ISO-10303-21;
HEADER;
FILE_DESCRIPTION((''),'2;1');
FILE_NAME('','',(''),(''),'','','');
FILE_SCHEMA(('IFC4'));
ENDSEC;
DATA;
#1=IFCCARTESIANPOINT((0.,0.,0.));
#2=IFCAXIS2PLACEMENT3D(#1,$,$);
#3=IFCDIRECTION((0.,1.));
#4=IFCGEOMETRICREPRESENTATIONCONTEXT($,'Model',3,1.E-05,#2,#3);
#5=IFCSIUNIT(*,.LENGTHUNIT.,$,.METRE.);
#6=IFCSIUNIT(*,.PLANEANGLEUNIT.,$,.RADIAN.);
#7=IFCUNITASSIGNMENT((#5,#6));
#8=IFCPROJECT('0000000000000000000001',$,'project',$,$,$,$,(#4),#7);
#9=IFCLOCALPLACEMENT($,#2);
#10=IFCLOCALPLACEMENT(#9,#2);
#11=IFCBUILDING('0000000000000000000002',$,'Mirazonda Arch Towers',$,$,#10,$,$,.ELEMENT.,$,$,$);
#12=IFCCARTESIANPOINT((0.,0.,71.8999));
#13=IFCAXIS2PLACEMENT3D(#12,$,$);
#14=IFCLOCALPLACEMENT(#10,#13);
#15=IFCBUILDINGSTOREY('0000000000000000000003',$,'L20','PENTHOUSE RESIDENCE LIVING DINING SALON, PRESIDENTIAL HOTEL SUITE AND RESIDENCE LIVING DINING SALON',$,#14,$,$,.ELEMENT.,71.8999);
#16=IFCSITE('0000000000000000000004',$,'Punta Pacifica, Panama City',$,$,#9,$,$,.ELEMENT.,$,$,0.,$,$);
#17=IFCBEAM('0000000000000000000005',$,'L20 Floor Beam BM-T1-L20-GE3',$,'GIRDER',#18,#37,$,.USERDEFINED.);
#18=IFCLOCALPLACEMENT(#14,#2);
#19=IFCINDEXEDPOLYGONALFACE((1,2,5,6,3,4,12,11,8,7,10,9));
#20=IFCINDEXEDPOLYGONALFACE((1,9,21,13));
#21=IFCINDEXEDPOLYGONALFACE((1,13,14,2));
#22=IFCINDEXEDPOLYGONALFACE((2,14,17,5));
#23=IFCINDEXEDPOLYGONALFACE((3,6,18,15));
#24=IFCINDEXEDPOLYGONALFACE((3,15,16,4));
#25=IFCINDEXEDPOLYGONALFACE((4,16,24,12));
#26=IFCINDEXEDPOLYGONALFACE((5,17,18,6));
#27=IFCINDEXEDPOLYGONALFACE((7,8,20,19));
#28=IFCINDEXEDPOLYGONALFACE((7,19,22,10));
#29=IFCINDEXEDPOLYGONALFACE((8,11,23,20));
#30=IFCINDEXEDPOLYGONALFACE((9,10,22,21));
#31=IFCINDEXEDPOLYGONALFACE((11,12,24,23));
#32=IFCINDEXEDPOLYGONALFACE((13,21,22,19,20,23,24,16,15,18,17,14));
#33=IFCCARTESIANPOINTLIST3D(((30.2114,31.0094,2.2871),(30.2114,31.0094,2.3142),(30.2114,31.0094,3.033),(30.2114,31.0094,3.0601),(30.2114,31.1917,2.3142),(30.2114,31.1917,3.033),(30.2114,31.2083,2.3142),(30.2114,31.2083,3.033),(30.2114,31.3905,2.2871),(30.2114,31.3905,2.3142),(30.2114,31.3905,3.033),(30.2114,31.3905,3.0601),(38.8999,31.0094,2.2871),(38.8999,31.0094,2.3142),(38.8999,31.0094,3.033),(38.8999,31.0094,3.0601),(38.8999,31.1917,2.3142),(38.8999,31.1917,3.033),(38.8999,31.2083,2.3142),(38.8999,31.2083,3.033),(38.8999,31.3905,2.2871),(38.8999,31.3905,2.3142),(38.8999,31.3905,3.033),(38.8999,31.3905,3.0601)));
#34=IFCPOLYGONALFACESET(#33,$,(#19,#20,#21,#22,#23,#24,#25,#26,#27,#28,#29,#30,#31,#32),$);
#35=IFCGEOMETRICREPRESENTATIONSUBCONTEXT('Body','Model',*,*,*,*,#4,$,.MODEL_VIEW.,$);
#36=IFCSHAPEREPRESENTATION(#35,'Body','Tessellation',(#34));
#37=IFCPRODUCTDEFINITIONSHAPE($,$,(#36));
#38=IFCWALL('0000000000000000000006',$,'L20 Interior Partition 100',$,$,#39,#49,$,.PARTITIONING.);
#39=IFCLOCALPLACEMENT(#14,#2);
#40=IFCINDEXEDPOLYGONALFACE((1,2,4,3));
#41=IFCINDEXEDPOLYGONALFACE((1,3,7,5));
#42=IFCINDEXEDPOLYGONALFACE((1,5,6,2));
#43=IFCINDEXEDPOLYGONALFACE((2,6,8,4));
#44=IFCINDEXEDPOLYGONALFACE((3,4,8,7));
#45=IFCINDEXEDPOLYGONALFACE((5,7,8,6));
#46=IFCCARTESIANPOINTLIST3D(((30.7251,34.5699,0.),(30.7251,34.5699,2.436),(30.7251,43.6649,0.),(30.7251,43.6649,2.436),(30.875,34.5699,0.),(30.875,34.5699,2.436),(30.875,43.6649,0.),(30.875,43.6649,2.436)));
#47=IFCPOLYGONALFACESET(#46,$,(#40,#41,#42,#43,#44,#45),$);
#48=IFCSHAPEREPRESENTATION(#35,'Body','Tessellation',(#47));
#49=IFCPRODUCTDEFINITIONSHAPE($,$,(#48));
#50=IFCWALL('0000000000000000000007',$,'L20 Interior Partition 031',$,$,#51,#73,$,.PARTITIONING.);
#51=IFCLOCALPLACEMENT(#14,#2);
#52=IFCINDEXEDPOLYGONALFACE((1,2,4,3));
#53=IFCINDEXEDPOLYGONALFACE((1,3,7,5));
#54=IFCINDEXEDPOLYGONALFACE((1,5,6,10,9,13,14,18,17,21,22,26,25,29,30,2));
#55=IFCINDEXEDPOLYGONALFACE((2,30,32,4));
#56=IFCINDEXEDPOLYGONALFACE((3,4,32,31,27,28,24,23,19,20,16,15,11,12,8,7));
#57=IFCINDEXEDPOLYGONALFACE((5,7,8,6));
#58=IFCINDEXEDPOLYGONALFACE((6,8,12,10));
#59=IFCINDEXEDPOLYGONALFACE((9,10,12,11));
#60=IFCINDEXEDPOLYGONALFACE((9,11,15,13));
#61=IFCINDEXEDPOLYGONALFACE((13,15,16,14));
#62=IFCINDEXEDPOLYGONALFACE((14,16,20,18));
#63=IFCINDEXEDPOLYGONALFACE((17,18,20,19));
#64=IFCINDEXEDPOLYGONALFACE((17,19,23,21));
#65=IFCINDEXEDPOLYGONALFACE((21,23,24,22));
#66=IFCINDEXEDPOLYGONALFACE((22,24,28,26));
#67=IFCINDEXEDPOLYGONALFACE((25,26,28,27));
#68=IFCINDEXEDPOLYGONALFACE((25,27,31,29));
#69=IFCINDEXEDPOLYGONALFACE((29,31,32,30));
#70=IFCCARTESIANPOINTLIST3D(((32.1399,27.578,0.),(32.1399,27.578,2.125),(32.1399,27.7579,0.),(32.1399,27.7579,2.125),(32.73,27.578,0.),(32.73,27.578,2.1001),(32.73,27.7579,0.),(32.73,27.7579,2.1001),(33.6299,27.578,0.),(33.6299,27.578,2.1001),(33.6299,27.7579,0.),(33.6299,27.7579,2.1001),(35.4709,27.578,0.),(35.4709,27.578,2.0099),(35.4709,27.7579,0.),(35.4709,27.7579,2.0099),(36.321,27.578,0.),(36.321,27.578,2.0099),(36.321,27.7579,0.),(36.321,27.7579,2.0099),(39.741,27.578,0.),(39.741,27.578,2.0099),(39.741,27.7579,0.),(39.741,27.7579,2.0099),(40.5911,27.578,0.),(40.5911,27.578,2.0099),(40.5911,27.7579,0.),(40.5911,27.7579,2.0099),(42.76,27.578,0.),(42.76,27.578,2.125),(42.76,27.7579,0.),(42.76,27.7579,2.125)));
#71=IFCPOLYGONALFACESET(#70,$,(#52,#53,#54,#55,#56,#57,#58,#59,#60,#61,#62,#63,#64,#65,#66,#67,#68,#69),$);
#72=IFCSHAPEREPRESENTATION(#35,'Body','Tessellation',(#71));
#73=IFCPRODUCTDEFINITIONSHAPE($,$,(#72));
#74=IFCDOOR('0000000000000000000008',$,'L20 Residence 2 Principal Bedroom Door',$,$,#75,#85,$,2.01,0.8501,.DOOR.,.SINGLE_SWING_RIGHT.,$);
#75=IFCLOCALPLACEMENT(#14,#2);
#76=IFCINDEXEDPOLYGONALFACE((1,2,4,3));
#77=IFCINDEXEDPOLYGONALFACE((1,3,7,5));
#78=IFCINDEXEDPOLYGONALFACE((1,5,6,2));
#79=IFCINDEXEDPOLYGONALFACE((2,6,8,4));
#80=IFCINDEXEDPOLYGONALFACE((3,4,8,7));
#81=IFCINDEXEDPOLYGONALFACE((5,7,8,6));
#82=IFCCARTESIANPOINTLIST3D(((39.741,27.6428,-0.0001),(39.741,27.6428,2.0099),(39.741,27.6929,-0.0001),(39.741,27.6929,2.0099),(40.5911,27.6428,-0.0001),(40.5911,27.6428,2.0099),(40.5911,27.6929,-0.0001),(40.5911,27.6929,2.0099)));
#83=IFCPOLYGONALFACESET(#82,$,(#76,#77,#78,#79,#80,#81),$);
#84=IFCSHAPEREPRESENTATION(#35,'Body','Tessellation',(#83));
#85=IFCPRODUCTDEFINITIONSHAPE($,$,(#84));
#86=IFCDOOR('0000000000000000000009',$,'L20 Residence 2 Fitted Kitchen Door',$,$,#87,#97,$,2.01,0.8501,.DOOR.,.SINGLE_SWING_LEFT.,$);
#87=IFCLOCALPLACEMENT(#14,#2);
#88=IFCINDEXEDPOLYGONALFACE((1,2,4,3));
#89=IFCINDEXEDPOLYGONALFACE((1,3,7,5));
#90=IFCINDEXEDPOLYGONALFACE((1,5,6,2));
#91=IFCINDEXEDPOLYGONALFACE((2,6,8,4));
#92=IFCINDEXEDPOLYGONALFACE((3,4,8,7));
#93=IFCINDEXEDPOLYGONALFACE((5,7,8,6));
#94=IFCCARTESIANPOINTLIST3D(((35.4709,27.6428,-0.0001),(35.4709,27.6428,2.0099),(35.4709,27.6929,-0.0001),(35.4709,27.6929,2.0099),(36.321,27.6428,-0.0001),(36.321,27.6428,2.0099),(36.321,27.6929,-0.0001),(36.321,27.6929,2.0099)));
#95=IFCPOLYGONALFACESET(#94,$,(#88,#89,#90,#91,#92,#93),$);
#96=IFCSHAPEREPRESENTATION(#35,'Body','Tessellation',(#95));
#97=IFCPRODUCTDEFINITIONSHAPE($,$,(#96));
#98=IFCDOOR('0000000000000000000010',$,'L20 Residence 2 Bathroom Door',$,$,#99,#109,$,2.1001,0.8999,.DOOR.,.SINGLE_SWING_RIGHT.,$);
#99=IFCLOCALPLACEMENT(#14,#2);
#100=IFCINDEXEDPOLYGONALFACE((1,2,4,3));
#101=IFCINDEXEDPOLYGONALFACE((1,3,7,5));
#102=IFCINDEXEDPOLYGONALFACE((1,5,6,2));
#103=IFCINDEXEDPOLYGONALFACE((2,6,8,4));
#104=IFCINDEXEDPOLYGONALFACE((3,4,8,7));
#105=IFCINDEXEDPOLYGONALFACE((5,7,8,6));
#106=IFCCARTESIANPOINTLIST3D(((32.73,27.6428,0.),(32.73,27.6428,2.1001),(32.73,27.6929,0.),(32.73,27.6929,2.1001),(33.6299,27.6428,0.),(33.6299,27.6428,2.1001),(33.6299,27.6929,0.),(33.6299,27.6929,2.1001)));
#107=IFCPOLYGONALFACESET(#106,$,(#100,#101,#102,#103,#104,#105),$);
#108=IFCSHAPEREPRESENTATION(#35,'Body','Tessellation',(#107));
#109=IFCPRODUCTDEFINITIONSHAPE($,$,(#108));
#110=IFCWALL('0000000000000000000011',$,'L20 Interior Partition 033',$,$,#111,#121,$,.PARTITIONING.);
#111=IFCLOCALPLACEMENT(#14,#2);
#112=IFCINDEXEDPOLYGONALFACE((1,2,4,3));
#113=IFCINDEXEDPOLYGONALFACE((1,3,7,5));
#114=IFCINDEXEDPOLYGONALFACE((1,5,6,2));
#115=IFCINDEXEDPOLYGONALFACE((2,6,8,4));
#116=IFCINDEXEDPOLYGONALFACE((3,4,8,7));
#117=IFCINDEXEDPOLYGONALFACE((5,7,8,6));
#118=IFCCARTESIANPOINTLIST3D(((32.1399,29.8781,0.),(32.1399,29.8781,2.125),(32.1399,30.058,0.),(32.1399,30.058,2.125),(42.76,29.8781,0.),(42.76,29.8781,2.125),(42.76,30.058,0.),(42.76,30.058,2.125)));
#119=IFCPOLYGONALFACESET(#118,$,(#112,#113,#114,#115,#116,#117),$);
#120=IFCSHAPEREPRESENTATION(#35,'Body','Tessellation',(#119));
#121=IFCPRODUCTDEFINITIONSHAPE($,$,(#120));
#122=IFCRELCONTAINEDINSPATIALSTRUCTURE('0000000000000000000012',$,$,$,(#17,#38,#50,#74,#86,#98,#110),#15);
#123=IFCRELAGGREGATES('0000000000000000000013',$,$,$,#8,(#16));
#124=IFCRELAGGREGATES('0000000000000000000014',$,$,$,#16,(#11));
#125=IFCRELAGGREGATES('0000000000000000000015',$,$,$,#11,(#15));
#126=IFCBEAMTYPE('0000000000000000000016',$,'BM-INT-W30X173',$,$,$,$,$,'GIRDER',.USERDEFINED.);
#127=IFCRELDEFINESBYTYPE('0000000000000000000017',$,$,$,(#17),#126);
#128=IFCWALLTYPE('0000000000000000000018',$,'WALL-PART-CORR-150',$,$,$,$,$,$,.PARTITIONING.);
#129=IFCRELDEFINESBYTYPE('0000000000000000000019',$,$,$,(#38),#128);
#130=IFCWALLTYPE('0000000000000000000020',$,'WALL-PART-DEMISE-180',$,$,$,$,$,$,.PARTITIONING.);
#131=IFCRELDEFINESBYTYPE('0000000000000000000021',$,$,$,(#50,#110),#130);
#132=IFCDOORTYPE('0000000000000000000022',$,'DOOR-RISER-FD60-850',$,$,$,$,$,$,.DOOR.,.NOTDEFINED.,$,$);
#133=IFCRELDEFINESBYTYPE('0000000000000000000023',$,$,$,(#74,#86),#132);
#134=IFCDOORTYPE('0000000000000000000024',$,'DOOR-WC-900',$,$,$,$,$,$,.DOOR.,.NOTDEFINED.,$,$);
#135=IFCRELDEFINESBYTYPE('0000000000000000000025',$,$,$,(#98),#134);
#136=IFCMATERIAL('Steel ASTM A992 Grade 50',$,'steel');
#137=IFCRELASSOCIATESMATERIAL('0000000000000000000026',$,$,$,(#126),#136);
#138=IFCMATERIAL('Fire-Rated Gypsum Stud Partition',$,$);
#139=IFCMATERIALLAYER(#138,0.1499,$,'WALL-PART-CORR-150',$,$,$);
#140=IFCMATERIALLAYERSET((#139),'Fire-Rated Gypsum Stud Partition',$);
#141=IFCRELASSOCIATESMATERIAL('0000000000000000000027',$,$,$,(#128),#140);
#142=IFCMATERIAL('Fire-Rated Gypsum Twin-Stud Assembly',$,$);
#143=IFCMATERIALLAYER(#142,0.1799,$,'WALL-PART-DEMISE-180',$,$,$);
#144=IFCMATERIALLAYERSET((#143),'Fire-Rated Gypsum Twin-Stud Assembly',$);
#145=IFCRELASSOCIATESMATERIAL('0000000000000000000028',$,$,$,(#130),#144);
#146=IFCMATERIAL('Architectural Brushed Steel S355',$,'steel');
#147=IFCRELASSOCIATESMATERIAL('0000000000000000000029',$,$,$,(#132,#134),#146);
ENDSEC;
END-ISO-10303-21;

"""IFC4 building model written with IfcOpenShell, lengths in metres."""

from ifc_helpers import new_model, si_unit, direction, frame, frame_2d, origin, origin_2d, place, context, subcontext, project, spatial, rectangle, i_section, extrude, material, layer, layer_set, material_profile, profile_set, type_object, element, fill, save


model = new_model("IFC4")

# Units and contexts
model_context = context("Model", 3, precision=1e-05, world=origin(), true_north=direction((0.0, 1.0)))
body_context = subcontext(model_context, "Body", "Model", "MODEL_VIEW")
ifc_project = project(units=[si_unit("LENGTHUNIT", "METRE"), si_unit("PLANEANGLEUNIT", "RADIAN")], contexts=[model_context])

# Site, building, storey
site_placement = place(None, origin())
site = spatial("IfcSite", under=ifc_project, at=site_placement, Name="Punta Pacifica, Panama City", CompositionType="ELEMENT", RefElevation=0.0)
building_placement = place(site_placement, origin())
building = spatial("IfcBuilding", under=site, at=building_placement, Name="Mirazonda Arch Towers", CompositionType="ELEMENT")
storey_placement = place(building_placement, frame((0.0, 0.0, 71.8999)))
storey = spatial("IfcBuildingStorey", under=building, at=storey_placement, Name="L20", Description="PENTHOUSE RESIDENCE LIVING DINING SALON, PRESIDENTIAL HOTEL SUITE AND RESIDENCE LIVING DINING SALON", CompositionType="ELEMENT", Elevation=71.8999)

# Beam
ifc_material_1 = material(Name="Steel ASTM A992 Grade 50", Category="steel")
ifc_material_profile = material_profile(ifc_material_1, i_section(OverallWidth=0.3811, OverallDepth=0.7729, WebThickness=0.0166, FlangeThickness=0.0271, at=origin_2d()), Name="W30X173")
ifc_profile_set = profile_set([ifc_material_profile], Name="Steel ASTM A992 Grade 50")
beam_type = type_object("IfcBeamType", Name="BM-INT-W30X173", ElementType="GIRDER", PredefinedType="USERDEFINED", material=ifc_profile_set)
beam_placement = place(storey_placement, frame((30.2114, 31.2, 2.6736), z_axis=(1.0, 0.0, 0.0), x_axis=(0.0, 1.0, 0.0)))
element("IfcBeam", 1, at=beam_placement, inside=storey, type_object=beam_type, Name="L20 Floor Beam BM-T1-L20-GE3", ObjectType="GIRDER", PredefinedType="USERDEFINED", context=body_context, shape_type="SweptSolid", body=[
    extrude(i_section(OverallWidth=0.3811, OverallDepth=0.7729, WebThickness=0.0166, FlangeThickness=0.0271, at=origin_2d()), origin(), (0.0, 0.0, 1.0), 8.6885),
])

# Wall
ifc_material_2 = material(Name="Fire-Rated Gypsum Stud Partition")
ifc_layer_1 = layer(ifc_material_2, 0.1499, Name="WALL-PART-CORR-150")
ifc_layer_set_1 = layer_set([ifc_layer_1], Name="Fire-Rated Gypsum Stud Partition")
wall_type_1 = type_object("IfcWallType", Name="WALL-PART-CORR-150", PredefinedType="PARTITIONING", material=ifc_layer_set_1)
wall_1_placement = place(storey_placement, frame((30.8, 34.5701, 0.0), z_axis=(0.0, 0.0, 1.0), x_axis=(0.0, 1.0, 0.0)))
element("IfcWall", 2, at=wall_1_placement, inside=storey, type_object=wall_type_1, Name="L20 Interior Partition 100", PredefinedType="PARTITIONING", context=body_context, shape_type="SweptSolid", body=[
    extrude(rectangle(XDim=9.095, YDim=0.1499, at=frame_2d((4.5474, 0.0))), origin(), (0.0, 0.0, 1.0), 2.436),
])

# Wall, openings, doors
ifc_material_3 = material(Name="Fire-Rated Gypsum Twin-Stud Assembly")
ifc_layer_2 = layer(ifc_material_3, 0.1799, Name="WALL-PART-DEMISE-180")
ifc_layer_set_2 = layer_set([ifc_layer_2], Name="Fire-Rated Gypsum Twin-Stud Assembly")
wall_type_2 = type_object("IfcWallType", Name="WALL-PART-DEMISE-180", PredefinedType="PARTITIONING", material=ifc_layer_set_2)
wall_2_placement = place(storey_placement, frame((32.1399, 27.668, 0.0), z_axis=(0.0, 0.0, 1.0), x_axis=(1.0, 0.0, 0.0)))
wall_2 = element("IfcWall", 3, at=wall_2_placement, inside=storey, type_object=wall_type_2, Name="L20 Interior Partition 031", PredefinedType="PARTITIONING", context=body_context, shape_type="SweptSolid", body=[
    extrude(rectangle(XDim=10.6201, YDim=0.1799, at=frame_2d((5.3101, 0.0))), origin(), (0.0, 0.0, 1.0), 2.125),
])
opening_1_placement = place(wall_2_placement, frame((7.6011, 0.0, 0.0)))
opening_1 = element("IfcOpeningElement", 4, at=opening_1_placement, cuts=wall_2, PredefinedType="OPENING", context=body_context, shape_type="SweptSolid", body=[
    extrude(rectangle(XDim=0.8501, YDim=2.01, at=frame_2d((0.425, 1.0049))), frame((0.0, 0.0999, 0.0), z_axis=(0.0, -1.0, 0.0), x_axis=(1.0, 0.0, 0.0)), (0.0, 0.0, 1.0), 0.2),
])
opening_2_placement = place(wall_2_placement, frame((3.3311, 0.0, 0.0)))
opening_2 = element("IfcOpeningElement", 5, at=opening_2_placement, cuts=wall_2, PredefinedType="OPENING", context=body_context, shape_type="SweptSolid", body=[
    extrude(rectangle(XDim=0.8501, YDim=2.01, at=frame_2d((0.425, 1.0049))), frame((0.0, 0.0999, 0.0), z_axis=(0.0, -1.0, 0.0), x_axis=(1.0, 0.0, 0.0)), (0.0, 0.0, 1.0), 0.2),
])
opening_3_placement = place(wall_2_placement, frame((0.5901, 0.0, 0.0)))
opening_3 = element("IfcOpeningElement", 6, at=opening_3_placement, cuts=wall_2, PredefinedType="OPENING", context=body_context, shape_type="SweptSolid", body=[
    extrude(rectangle(XDim=0.8999, YDim=2.1001, at=frame_2d((0.45, 1.05))), frame((0.0, 0.0999, 0.0), z_axis=(0.0, -1.0, 0.0), x_axis=(1.0, 0.0, 0.0)), (0.0, 0.0, 1.0), 0.2),
])
ifc_material_4 = material(Name="Architectural Brushed Steel S355", Category="steel")
door_type_1 = type_object("IfcDoorType", Name="DOOR-RISER-FD60-850", OperationType="NOTDEFINED", PredefinedType="DOOR", material=ifc_material_4)
door_1_placement = place(opening_1_placement, origin())
door_1 = element("IfcDoor", 7, at=door_1_placement, inside=storey, type_object=door_type_1, Name="L20 Residence 2 Principal Bedroom Door", OperationType="SINGLE_SWING_RIGHT", OverallHeight=2.01, OverallWidth=0.8501, PredefinedType="DOOR", context=body_context, shape_type="SweptSolid", body=[
    extrude(rectangle(XDim=0.8501, YDim=2.01, at=frame_2d((0.425, 1.0049))), frame((0.0, 0.0249, 0.0), z_axis=(0.0, -1.0, 0.0), x_axis=(1.0, 0.0, 0.0)), (0.0, 0.0, 1.0), 0.05),
])
fill(opening_1, door_1)
door_2_placement = place(opening_2_placement, origin())
door_2 = element("IfcDoor", 8, at=door_2_placement, inside=storey, type_object=door_type_1, Name="L20 Residence 2 Fitted Kitchen Door", OperationType="SINGLE_SWING_LEFT", OverallHeight=2.01, OverallWidth=0.8501, PredefinedType="DOOR", context=body_context, shape_type="SweptSolid", body=[
    extrude(rectangle(XDim=0.8501, YDim=2.01, at=frame_2d((0.425, 1.0049))), frame((0.0, 0.0249, 0.0), z_axis=(0.0, -1.0, 0.0), x_axis=(1.0, 0.0, 0.0)), (0.0, 0.0, 1.0), 0.05),
])
fill(opening_2, door_2)
door_type_2 = type_object("IfcDoorType", Name="DOOR-WC-900", OperationType="NOTDEFINED", PredefinedType="DOOR", material=ifc_material_4)
door_3_placement = place(opening_3_placement, origin())
door_3 = element("IfcDoor", 9, at=door_3_placement, inside=storey, type_object=door_type_2, Name="L20 Residence 2 Bathroom Door", OperationType="SINGLE_SWING_RIGHT", OverallHeight=2.1001, OverallWidth=0.8999, PredefinedType="DOOR", context=body_context, shape_type="SweptSolid", body=[
    extrude(rectangle(XDim=0.8999, YDim=2.1001, at=frame_2d((0.45, 1.05))), frame((0.0, 0.0249, 0.0), z_axis=(0.0, -1.0, 0.0), x_axis=(1.0, 0.0, 0.0)), (0.0, 0.0, 1.0), 0.05),
])
fill(opening_3, door_3)

# Wall
wall_3_placement = place(storey_placement, frame((32.1399, 29.968, 0.0), z_axis=(0.0, 0.0, 1.0), x_axis=(1.0, 0.0, 0.0)))
element("IfcWall", 10, at=wall_3_placement, inside=storey, type_object=wall_type_2, Name="L20 Interior Partition 033", PredefinedType="PARTITIONING", context=body_context, shape_type="SweptSolid", body=[
    extrude(rectangle(XDim=10.6201, YDim=0.1799, at=frame_2d((5.3101, 0.0))), origin(), (0.0, 0.0, 1.0), 2.125),
])

save(model, "model.ifc")
